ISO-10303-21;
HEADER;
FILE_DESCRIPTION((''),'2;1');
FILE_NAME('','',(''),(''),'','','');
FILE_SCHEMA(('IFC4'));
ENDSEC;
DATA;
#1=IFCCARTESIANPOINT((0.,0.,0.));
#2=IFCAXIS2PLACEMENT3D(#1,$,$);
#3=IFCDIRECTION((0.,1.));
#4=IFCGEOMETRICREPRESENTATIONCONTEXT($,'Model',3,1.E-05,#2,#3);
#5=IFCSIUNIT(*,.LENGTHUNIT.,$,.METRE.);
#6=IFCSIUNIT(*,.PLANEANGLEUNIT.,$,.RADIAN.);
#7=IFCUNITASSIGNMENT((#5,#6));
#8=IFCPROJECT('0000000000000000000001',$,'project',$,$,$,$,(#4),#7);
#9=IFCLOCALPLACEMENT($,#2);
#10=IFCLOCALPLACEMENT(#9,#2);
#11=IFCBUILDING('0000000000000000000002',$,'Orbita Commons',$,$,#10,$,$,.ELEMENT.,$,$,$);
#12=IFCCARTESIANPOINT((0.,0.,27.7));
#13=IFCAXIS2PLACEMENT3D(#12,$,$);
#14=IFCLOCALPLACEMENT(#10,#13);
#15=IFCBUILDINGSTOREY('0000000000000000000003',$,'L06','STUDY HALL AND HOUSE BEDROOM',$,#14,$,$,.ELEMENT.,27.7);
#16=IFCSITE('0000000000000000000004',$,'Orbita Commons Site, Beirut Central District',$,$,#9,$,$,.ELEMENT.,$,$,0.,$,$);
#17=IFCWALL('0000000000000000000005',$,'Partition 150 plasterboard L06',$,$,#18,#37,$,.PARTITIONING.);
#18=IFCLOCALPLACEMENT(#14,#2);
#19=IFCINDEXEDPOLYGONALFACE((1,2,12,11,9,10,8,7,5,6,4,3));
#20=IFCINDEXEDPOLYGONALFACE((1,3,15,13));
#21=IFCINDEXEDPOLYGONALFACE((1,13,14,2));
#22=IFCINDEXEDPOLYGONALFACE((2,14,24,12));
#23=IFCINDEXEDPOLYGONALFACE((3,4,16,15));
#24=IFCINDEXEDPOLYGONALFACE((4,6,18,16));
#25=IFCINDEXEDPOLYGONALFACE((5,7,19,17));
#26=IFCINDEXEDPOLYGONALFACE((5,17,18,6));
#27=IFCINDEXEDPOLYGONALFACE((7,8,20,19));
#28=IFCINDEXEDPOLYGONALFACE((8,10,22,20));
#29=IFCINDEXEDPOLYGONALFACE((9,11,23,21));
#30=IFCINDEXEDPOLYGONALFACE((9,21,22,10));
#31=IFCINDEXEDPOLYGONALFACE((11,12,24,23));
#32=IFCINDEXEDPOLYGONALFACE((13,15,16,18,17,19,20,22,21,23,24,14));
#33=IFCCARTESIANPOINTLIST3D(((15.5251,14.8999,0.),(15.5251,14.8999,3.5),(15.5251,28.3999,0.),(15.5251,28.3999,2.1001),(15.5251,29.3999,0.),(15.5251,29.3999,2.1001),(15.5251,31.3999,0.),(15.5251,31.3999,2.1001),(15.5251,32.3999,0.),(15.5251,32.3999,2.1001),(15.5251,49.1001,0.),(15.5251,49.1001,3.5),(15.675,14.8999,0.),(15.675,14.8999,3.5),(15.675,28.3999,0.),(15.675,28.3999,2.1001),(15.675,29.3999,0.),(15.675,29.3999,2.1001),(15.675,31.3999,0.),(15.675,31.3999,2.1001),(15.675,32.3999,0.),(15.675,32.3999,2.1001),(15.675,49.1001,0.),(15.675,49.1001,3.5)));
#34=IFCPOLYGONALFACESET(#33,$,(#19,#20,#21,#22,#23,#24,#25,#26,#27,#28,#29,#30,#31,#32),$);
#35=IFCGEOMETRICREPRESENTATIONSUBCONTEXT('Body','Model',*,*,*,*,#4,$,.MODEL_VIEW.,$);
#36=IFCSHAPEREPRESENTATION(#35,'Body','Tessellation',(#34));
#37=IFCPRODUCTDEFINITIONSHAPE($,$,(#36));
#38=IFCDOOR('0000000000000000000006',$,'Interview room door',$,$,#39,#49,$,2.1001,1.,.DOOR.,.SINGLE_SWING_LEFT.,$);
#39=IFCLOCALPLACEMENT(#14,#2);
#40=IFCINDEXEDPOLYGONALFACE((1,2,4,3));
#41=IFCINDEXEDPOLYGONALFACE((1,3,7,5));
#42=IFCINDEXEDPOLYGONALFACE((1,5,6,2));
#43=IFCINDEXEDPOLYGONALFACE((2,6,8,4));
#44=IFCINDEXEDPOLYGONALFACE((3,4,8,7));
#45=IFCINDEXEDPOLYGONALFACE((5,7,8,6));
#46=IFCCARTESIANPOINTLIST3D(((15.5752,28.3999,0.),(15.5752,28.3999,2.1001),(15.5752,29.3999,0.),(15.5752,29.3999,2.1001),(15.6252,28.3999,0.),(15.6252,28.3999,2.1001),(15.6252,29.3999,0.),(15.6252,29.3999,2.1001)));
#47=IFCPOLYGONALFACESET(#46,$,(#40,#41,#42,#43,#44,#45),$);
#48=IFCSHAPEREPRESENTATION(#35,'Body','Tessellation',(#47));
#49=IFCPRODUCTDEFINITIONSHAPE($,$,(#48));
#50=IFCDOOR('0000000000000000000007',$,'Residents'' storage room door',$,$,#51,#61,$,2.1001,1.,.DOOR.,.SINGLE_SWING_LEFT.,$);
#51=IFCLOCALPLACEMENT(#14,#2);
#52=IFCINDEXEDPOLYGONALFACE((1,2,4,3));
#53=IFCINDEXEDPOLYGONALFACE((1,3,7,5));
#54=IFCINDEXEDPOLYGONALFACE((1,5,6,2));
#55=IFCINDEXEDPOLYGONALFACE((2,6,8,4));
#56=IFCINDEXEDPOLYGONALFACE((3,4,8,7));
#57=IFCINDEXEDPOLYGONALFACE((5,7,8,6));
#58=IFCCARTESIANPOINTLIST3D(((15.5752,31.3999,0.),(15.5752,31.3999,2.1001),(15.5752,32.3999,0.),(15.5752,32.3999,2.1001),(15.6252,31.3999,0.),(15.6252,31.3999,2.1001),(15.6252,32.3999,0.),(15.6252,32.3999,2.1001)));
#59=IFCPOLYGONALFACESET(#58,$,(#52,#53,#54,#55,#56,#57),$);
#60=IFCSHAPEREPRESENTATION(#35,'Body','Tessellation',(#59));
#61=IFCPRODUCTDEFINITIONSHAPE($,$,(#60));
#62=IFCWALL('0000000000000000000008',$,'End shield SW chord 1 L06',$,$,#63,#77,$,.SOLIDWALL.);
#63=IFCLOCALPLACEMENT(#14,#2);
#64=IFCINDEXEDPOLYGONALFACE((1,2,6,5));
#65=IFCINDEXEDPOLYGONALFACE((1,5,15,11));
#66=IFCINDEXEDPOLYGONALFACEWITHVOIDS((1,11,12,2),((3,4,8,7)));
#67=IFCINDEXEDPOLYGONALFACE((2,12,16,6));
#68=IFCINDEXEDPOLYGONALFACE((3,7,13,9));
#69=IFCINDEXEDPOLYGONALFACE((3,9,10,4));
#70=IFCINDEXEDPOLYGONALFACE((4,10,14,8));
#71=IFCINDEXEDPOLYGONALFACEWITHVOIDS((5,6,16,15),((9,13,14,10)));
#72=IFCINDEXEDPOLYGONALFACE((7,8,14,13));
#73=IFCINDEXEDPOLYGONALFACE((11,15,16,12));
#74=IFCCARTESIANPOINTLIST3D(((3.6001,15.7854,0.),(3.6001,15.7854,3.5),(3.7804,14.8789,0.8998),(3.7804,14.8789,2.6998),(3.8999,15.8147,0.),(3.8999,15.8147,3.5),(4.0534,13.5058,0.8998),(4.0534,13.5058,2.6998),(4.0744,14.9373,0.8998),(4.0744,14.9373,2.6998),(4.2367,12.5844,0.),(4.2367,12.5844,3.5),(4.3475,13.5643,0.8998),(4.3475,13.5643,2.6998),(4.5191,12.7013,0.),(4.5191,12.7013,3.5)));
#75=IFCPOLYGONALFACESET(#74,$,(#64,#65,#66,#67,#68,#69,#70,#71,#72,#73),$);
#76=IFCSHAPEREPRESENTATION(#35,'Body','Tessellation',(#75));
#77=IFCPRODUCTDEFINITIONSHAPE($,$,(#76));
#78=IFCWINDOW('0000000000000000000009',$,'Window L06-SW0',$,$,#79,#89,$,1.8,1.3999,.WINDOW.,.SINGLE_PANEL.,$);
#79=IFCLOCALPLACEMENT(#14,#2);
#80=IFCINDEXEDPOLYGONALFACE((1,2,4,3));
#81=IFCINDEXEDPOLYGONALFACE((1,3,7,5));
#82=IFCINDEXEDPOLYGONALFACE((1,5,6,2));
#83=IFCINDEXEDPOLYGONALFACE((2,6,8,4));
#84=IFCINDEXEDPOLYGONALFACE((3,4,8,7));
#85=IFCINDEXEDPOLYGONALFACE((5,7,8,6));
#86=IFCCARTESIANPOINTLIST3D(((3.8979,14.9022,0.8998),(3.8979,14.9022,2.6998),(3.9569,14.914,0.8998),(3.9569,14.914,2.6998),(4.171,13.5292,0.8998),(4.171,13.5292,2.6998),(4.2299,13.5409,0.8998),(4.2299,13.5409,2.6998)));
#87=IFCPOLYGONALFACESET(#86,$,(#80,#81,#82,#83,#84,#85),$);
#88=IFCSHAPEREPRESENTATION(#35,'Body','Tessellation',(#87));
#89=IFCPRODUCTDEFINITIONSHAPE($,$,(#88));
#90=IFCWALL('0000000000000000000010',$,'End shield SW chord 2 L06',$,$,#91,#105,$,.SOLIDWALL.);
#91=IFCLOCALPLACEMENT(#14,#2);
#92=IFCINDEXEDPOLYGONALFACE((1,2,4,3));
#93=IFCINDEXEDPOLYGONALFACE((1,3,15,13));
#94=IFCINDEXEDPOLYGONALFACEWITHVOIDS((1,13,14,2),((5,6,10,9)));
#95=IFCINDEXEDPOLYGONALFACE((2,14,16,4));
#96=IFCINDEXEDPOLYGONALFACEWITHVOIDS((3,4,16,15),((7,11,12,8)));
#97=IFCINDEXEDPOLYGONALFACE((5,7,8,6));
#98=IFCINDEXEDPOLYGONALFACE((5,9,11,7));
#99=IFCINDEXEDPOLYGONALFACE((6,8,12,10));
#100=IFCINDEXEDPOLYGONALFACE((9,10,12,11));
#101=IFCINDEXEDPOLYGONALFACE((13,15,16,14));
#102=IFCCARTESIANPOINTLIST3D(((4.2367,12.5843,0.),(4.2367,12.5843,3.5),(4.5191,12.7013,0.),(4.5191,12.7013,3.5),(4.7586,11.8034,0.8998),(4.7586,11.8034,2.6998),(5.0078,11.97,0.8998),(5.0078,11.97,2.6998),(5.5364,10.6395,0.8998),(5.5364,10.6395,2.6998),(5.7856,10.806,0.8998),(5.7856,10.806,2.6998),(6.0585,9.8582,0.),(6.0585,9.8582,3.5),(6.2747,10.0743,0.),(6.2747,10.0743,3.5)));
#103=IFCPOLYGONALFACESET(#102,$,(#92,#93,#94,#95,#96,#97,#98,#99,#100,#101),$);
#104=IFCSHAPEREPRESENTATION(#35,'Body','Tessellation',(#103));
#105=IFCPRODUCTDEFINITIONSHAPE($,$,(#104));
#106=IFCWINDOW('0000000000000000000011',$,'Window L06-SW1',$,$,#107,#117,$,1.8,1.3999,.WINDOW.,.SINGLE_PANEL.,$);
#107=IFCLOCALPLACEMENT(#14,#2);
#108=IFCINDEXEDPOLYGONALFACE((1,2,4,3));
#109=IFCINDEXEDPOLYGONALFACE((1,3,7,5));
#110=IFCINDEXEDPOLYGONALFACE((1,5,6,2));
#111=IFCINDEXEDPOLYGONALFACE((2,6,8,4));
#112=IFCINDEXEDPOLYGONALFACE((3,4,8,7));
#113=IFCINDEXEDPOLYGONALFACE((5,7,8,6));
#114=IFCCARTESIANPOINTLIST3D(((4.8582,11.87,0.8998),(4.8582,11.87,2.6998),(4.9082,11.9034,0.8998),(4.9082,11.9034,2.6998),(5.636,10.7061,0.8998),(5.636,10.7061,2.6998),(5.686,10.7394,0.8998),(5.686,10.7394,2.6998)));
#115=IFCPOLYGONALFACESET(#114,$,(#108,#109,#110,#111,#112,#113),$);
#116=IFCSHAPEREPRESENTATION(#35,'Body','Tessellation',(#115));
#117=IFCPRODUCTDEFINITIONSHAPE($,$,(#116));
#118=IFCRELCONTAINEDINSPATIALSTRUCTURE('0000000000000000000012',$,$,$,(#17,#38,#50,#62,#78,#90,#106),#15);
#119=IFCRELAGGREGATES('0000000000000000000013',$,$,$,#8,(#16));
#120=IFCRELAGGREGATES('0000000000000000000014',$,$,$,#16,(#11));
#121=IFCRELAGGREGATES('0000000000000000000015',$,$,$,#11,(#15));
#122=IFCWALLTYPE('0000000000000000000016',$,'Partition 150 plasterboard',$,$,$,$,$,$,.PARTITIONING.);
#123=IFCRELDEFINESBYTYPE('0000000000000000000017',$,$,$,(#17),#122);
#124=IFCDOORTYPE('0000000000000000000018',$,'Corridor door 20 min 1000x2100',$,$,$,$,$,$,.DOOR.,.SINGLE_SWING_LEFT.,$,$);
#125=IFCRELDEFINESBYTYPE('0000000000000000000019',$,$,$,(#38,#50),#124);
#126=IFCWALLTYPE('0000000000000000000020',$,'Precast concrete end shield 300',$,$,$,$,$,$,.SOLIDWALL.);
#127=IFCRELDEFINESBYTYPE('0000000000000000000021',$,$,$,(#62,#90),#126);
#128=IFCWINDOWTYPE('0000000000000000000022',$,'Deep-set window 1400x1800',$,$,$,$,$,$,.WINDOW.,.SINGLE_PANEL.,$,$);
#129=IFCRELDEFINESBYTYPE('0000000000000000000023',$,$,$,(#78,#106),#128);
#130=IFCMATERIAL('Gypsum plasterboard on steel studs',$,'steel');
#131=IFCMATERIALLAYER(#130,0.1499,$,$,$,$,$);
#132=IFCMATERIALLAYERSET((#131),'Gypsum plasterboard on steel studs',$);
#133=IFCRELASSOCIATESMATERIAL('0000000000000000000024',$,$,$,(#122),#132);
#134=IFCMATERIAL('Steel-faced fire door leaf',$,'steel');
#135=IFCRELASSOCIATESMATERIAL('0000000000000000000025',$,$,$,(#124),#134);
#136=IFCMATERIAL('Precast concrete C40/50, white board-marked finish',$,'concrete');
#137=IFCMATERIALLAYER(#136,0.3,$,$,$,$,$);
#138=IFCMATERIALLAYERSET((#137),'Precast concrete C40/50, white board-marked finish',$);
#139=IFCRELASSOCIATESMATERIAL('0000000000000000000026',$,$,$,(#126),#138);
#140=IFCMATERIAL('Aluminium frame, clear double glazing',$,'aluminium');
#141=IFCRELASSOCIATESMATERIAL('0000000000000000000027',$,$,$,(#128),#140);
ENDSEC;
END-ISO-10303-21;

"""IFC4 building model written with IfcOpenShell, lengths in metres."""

from ifc_helpers import new_model, si_unit, direction, frame, frame_2d, origin, place, context, subcontext, project, spatial, polyline, rectangle, outline, extrude, material, layer, layer_set, type_object, element, fill, save


model = new_model("IFC4")

# Units and contexts
model_context = context("Model", 3, precision=1e-05, world=origin(), true_north=direction((0.0, 1.0)))
body_context = subcontext(model_context, "Body", "Model", "MODEL_VIEW")
ifc_project = project(units=[si_unit("LENGTHUNIT", "METRE"), si_unit("PLANEANGLEUNIT", "RADIAN")], contexts=[model_context])

# Site, building, storey
site_placement = place(None, origin())
site = spatial("IfcSite", under=ifc_project, at=site_placement, Name="Orbita Commons Site, Beirut Central District", CompositionType="ELEMENT", RefElevation=0.0)
building_placement = place(site_placement, origin())
building = spatial("IfcBuilding", under=site, at=building_placement, Name="Orbita Commons", CompositionType="ELEMENT")
storey_placement = place(building_placement, frame((0.0, 0.0, 27.7)))
storey = spatial("IfcBuildingStorey", under=building, at=storey_placement, Name="L06", Description="STUDY HALL AND HOUSE BEDROOM", CompositionType="ELEMENT", Elevation=27.7)

# Wall, openings, doors
ifc_material_1 = material(Name="Gypsum plasterboard on steel studs", Category="steel")
ifc_layer_1 = layer(ifc_material_1, 0.1499)
ifc_layer_set_1 = layer_set([ifc_layer_1], Name="Gypsum plasterboard on steel studs")
wall_type_1 = type_object("IfcWallType", Name="Partition 150 plasterboard", PredefinedType="PARTITIONING", material=ifc_layer_set_1)
wall_1_placement = place(storey_placement, frame((15.6001, 14.8999, 0.0), z_axis=(0.0, 0.0, 1.0), x_axis=(0.0, 1.0, 0.0)))
wall_1 = element("IfcWall", 1, at=wall_1_placement, inside=storey, type_object=wall_type_1, Name="Partition 150 plasterboard L06", PredefinedType="PARTITIONING", context=body_context, shape_type="SweptSolid", body=[
    extrude(rectangle(XDim=34.2002, YDim=0.1499, at=frame_2d((17.1001, 0.0))), origin(), (0.0, 0.0, 1.0), 3.5),
])
opening_1_placement = place(wall_1_placement, frame((13.5, 0.0, 0.0)))
opening_1 = element("IfcOpeningElement", 2, at=opening_1_placement, cuts=wall_1, PredefinedType="OPENING", context=body_context, shape_type="SweptSolid", body=[
    extrude(rectangle(XDim=1.0, YDim=2.1001, at=frame_2d((0.5, 1.05))), frame((0.0, 0.085, 0.0), z_axis=(0.0, -1.0, 0.0), x_axis=(1.0, 0.0, 0.0)), (0.0, 0.0, 1.0), 0.1699),
])
opening_2_placement = place(wall_1_placement, frame((16.5, 0.0, 0.0)))
opening_2 = element("IfcOpeningElement", 3, at=opening_2_placement, cuts=wall_1, PredefinedType="OPENING", context=body_context, shape_type="SweptSolid", body=[
    extrude(rectangle(XDim=1.0, YDim=2.1001, at=frame_2d((0.5, 1.05))), frame((0.0, 0.085, 0.0), z_axis=(0.0, -1.0, 0.0), x_axis=(1.0, 0.0, 0.0)), (0.0, 0.0, 1.0), 0.1699),
])
ifc_material_2 = material(Name="Steel-faced fire door leaf", Category="steel")
door_type_1 = type_object("IfcDoorType", Name="Corridor door 20 min 1000x2100", OperationType="SINGLE_SWING_LEFT", PredefinedType="DOOR", material=ifc_material_2)
door_1_placement = place(opening_1_placement, origin())
door_1 = element("IfcDoor", 4, at=door_1_placement, inside=storey, type_object=door_type_1, Name="Interview room door", OperationType="SINGLE_SWING_LEFT", OverallHeight=2.1001, OverallWidth=1.0, PredefinedType="DOOR", context=body_context, shape_type="SweptSolid", body=[
    extrude(rectangle(XDim=1.0, YDim=2.1001, at=frame_2d((0.5, 1.05))), frame((0.0, 0.0249, 0.0), z_axis=(0.0, -1.0, 0.0), x_axis=(1.0, 0.0, 0.0)), (0.0, 0.0, 1.0), 0.05),
])
fill(opening_1, door_1)
door_2_placement = place(opening_2_placement, origin())
door_2 = element("IfcDoor", 5, at=door_2_placement, inside=storey, type_object=door_type_1, Name="Residents' storage room door", OperationType="SINGLE_SWING_LEFT", OverallHeight=2.1001, OverallWidth=1.0, PredefinedType="DOOR", context=body_context, shape_type="SweptSolid", body=[
    extrude(rectangle(XDim=1.0, YDim=2.1001, at=frame_2d((0.5, 1.05))), frame((0.0, 0.0249, 0.0), z_axis=(0.0, -1.0, 0.0), x_axis=(1.0, 0.0, 0.0)), (0.0, 0.0, 1.0), 0.05),
])
fill(opening_2, door_2)

# Walls, openings, windows
ifc_material_3 = material(Name="Precast concrete C40/50, white board-marked finish", Category="concrete")
ifc_layer_2 = layer(ifc_material_3, 0.3)
ifc_layer_set_2 = layer_set([ifc_layer_2], Name="Precast concrete C40/50, white board-marked finish")
wall_type_2 = type_object("IfcWallType", Name="Precast concrete end shield 300", PredefinedType="SOLIDWALL", material=ifc_layer_set_2)
wall_2_placement = place(storey_placement, frame((3.75, 15.8, 0.0), z_axis=(0.0, 0.0, 1.0), x_axis=(0.195066, -0.98079, 0.0)))
wall_2 = element("IfcWall", 6, at=wall_2_placement, inside=storey, type_object=wall_type_2, Name="End shield SW chord 1 L06", PredefinedType="SOLIDWALL", context=body_context, shape_type="SweptSolid", body=[
    extrude(outline(polyline([(-0.0149, -0.1499), (3.2488, -0.1499), (3.1892, 0.1499), (0.0149, 0.1499), (-0.0149, -0.1499)])), origin(), (0.0, 0.0, 1.0), 3.5),
])
opening_3_placement = place(wall_2_placement, frame((0.9094, 0.0, 0.8999)))
opening_3 = element("IfcOpeningElement", 7, at=opening_3_placement, cuts=wall_2, PredefinedType="OPENING", context=body_context, shape_type="SweptSolid", body=[
    extrude(rectangle(XDim=1.3999, YDim=1.8, at=frame_2d((0.7, 0.8999))), frame((0.0, 0.1599, 0.0), z_axis=(0.0, -1.0, 0.0), x_axis=(1.0, 0.0, 0.0)), (0.0, 0.0, 1.0), 0.3201),
])
ifc_material_4 = material(Name="Aluminium frame, clear double glazing", Category="aluminium")
window_type = type_object("IfcWindowType", Name="Deep-set window 1400x1800", PartitioningType="SINGLE_PANEL", PredefinedType="WINDOW", material=ifc_material_4)
window_1_placement = place(opening_3_placement, origin())
window_1 = element("IfcWindow", 8, at=window_1_placement, inside=storey, type_object=window_type, Name="Window L06-SW0", OverallHeight=1.8, OverallWidth=1.3999, PartitioningType="SINGLE_PANEL", PredefinedType="WINDOW", context=body_context, shape_type="SweptSolid", body=[
    extrude(rectangle(XDim=1.3999, YDim=1.8, at=frame_2d((0.7, 0.8999))), frame((0.0, 0.03, 0.0), z_axis=(0.0, -1.0, 0.0), x_axis=(1.0, 0.0, 0.0)), (0.0, 0.0, 1.0), 0.0601),
])
fill(opening_3, window_1)
wall_3_placement = place(storey_placement, frame((4.3779, 12.6428, 0.0), z_axis=(0.0, 0.0, 1.0), x_axis=(0.55561, -0.831443, 0.0)))
wall_3 = element("IfcWall", 9, at=wall_3_placement, inside=storey, type_object=wall_type_2, Name="End shield SW chord 2 L06", PredefinedType="SOLIDWALL", context=body_context, shape_type="SweptSolid", body=[
    extrude(outline(polyline([(-0.0298, -0.1499), (3.249, -0.1499), (3.1895, 0.1499), (0.0298, 0.1499), (-0.0298, -0.1499)])), origin(), (0.0, 0.0, 1.0), 3.5),
])
opening_4_placement = place(wall_3_placement, frame((0.9094, 0.0, 0.8999)))
opening_4 = element("IfcOpeningElement", 10, at=opening_4_placement, cuts=wall_3, PredefinedType="OPENING", context=body_context, shape_type="SweptSolid", body=[
    extrude(rectangle(XDim=1.3999, YDim=1.8, at=frame_2d((0.7, 0.8999))), frame((0.0, 0.1599, 0.0), z_axis=(0.0, -1.0, 0.0), x_axis=(1.0, 0.0, 0.0)), (0.0, 0.0, 1.0), 0.3201),
])
window_2_placement = place(opening_4_placement, origin())
window_2 = element("IfcWindow", 11, at=window_2_placement, inside=storey, type_object=window_type, Name="Window L06-SW1", OverallHeight=1.8, OverallWidth=1.3999, PartitioningType="SINGLE_PANEL", PredefinedType="WINDOW", context=body_context, shape_type="SweptSolid", body=[
    extrude(rectangle(XDim=1.3999, YDim=1.8, at=frame_2d((0.7, 0.8999))), frame((0.0, 0.03, 0.0), z_axis=(0.0, -1.0, 0.0), x_axis=(1.0, 0.0, 0.0)), (0.0, 0.0, 1.0), 0.0601),
])
fill(opening_4, window_2)

save(model, "model.ifc")
